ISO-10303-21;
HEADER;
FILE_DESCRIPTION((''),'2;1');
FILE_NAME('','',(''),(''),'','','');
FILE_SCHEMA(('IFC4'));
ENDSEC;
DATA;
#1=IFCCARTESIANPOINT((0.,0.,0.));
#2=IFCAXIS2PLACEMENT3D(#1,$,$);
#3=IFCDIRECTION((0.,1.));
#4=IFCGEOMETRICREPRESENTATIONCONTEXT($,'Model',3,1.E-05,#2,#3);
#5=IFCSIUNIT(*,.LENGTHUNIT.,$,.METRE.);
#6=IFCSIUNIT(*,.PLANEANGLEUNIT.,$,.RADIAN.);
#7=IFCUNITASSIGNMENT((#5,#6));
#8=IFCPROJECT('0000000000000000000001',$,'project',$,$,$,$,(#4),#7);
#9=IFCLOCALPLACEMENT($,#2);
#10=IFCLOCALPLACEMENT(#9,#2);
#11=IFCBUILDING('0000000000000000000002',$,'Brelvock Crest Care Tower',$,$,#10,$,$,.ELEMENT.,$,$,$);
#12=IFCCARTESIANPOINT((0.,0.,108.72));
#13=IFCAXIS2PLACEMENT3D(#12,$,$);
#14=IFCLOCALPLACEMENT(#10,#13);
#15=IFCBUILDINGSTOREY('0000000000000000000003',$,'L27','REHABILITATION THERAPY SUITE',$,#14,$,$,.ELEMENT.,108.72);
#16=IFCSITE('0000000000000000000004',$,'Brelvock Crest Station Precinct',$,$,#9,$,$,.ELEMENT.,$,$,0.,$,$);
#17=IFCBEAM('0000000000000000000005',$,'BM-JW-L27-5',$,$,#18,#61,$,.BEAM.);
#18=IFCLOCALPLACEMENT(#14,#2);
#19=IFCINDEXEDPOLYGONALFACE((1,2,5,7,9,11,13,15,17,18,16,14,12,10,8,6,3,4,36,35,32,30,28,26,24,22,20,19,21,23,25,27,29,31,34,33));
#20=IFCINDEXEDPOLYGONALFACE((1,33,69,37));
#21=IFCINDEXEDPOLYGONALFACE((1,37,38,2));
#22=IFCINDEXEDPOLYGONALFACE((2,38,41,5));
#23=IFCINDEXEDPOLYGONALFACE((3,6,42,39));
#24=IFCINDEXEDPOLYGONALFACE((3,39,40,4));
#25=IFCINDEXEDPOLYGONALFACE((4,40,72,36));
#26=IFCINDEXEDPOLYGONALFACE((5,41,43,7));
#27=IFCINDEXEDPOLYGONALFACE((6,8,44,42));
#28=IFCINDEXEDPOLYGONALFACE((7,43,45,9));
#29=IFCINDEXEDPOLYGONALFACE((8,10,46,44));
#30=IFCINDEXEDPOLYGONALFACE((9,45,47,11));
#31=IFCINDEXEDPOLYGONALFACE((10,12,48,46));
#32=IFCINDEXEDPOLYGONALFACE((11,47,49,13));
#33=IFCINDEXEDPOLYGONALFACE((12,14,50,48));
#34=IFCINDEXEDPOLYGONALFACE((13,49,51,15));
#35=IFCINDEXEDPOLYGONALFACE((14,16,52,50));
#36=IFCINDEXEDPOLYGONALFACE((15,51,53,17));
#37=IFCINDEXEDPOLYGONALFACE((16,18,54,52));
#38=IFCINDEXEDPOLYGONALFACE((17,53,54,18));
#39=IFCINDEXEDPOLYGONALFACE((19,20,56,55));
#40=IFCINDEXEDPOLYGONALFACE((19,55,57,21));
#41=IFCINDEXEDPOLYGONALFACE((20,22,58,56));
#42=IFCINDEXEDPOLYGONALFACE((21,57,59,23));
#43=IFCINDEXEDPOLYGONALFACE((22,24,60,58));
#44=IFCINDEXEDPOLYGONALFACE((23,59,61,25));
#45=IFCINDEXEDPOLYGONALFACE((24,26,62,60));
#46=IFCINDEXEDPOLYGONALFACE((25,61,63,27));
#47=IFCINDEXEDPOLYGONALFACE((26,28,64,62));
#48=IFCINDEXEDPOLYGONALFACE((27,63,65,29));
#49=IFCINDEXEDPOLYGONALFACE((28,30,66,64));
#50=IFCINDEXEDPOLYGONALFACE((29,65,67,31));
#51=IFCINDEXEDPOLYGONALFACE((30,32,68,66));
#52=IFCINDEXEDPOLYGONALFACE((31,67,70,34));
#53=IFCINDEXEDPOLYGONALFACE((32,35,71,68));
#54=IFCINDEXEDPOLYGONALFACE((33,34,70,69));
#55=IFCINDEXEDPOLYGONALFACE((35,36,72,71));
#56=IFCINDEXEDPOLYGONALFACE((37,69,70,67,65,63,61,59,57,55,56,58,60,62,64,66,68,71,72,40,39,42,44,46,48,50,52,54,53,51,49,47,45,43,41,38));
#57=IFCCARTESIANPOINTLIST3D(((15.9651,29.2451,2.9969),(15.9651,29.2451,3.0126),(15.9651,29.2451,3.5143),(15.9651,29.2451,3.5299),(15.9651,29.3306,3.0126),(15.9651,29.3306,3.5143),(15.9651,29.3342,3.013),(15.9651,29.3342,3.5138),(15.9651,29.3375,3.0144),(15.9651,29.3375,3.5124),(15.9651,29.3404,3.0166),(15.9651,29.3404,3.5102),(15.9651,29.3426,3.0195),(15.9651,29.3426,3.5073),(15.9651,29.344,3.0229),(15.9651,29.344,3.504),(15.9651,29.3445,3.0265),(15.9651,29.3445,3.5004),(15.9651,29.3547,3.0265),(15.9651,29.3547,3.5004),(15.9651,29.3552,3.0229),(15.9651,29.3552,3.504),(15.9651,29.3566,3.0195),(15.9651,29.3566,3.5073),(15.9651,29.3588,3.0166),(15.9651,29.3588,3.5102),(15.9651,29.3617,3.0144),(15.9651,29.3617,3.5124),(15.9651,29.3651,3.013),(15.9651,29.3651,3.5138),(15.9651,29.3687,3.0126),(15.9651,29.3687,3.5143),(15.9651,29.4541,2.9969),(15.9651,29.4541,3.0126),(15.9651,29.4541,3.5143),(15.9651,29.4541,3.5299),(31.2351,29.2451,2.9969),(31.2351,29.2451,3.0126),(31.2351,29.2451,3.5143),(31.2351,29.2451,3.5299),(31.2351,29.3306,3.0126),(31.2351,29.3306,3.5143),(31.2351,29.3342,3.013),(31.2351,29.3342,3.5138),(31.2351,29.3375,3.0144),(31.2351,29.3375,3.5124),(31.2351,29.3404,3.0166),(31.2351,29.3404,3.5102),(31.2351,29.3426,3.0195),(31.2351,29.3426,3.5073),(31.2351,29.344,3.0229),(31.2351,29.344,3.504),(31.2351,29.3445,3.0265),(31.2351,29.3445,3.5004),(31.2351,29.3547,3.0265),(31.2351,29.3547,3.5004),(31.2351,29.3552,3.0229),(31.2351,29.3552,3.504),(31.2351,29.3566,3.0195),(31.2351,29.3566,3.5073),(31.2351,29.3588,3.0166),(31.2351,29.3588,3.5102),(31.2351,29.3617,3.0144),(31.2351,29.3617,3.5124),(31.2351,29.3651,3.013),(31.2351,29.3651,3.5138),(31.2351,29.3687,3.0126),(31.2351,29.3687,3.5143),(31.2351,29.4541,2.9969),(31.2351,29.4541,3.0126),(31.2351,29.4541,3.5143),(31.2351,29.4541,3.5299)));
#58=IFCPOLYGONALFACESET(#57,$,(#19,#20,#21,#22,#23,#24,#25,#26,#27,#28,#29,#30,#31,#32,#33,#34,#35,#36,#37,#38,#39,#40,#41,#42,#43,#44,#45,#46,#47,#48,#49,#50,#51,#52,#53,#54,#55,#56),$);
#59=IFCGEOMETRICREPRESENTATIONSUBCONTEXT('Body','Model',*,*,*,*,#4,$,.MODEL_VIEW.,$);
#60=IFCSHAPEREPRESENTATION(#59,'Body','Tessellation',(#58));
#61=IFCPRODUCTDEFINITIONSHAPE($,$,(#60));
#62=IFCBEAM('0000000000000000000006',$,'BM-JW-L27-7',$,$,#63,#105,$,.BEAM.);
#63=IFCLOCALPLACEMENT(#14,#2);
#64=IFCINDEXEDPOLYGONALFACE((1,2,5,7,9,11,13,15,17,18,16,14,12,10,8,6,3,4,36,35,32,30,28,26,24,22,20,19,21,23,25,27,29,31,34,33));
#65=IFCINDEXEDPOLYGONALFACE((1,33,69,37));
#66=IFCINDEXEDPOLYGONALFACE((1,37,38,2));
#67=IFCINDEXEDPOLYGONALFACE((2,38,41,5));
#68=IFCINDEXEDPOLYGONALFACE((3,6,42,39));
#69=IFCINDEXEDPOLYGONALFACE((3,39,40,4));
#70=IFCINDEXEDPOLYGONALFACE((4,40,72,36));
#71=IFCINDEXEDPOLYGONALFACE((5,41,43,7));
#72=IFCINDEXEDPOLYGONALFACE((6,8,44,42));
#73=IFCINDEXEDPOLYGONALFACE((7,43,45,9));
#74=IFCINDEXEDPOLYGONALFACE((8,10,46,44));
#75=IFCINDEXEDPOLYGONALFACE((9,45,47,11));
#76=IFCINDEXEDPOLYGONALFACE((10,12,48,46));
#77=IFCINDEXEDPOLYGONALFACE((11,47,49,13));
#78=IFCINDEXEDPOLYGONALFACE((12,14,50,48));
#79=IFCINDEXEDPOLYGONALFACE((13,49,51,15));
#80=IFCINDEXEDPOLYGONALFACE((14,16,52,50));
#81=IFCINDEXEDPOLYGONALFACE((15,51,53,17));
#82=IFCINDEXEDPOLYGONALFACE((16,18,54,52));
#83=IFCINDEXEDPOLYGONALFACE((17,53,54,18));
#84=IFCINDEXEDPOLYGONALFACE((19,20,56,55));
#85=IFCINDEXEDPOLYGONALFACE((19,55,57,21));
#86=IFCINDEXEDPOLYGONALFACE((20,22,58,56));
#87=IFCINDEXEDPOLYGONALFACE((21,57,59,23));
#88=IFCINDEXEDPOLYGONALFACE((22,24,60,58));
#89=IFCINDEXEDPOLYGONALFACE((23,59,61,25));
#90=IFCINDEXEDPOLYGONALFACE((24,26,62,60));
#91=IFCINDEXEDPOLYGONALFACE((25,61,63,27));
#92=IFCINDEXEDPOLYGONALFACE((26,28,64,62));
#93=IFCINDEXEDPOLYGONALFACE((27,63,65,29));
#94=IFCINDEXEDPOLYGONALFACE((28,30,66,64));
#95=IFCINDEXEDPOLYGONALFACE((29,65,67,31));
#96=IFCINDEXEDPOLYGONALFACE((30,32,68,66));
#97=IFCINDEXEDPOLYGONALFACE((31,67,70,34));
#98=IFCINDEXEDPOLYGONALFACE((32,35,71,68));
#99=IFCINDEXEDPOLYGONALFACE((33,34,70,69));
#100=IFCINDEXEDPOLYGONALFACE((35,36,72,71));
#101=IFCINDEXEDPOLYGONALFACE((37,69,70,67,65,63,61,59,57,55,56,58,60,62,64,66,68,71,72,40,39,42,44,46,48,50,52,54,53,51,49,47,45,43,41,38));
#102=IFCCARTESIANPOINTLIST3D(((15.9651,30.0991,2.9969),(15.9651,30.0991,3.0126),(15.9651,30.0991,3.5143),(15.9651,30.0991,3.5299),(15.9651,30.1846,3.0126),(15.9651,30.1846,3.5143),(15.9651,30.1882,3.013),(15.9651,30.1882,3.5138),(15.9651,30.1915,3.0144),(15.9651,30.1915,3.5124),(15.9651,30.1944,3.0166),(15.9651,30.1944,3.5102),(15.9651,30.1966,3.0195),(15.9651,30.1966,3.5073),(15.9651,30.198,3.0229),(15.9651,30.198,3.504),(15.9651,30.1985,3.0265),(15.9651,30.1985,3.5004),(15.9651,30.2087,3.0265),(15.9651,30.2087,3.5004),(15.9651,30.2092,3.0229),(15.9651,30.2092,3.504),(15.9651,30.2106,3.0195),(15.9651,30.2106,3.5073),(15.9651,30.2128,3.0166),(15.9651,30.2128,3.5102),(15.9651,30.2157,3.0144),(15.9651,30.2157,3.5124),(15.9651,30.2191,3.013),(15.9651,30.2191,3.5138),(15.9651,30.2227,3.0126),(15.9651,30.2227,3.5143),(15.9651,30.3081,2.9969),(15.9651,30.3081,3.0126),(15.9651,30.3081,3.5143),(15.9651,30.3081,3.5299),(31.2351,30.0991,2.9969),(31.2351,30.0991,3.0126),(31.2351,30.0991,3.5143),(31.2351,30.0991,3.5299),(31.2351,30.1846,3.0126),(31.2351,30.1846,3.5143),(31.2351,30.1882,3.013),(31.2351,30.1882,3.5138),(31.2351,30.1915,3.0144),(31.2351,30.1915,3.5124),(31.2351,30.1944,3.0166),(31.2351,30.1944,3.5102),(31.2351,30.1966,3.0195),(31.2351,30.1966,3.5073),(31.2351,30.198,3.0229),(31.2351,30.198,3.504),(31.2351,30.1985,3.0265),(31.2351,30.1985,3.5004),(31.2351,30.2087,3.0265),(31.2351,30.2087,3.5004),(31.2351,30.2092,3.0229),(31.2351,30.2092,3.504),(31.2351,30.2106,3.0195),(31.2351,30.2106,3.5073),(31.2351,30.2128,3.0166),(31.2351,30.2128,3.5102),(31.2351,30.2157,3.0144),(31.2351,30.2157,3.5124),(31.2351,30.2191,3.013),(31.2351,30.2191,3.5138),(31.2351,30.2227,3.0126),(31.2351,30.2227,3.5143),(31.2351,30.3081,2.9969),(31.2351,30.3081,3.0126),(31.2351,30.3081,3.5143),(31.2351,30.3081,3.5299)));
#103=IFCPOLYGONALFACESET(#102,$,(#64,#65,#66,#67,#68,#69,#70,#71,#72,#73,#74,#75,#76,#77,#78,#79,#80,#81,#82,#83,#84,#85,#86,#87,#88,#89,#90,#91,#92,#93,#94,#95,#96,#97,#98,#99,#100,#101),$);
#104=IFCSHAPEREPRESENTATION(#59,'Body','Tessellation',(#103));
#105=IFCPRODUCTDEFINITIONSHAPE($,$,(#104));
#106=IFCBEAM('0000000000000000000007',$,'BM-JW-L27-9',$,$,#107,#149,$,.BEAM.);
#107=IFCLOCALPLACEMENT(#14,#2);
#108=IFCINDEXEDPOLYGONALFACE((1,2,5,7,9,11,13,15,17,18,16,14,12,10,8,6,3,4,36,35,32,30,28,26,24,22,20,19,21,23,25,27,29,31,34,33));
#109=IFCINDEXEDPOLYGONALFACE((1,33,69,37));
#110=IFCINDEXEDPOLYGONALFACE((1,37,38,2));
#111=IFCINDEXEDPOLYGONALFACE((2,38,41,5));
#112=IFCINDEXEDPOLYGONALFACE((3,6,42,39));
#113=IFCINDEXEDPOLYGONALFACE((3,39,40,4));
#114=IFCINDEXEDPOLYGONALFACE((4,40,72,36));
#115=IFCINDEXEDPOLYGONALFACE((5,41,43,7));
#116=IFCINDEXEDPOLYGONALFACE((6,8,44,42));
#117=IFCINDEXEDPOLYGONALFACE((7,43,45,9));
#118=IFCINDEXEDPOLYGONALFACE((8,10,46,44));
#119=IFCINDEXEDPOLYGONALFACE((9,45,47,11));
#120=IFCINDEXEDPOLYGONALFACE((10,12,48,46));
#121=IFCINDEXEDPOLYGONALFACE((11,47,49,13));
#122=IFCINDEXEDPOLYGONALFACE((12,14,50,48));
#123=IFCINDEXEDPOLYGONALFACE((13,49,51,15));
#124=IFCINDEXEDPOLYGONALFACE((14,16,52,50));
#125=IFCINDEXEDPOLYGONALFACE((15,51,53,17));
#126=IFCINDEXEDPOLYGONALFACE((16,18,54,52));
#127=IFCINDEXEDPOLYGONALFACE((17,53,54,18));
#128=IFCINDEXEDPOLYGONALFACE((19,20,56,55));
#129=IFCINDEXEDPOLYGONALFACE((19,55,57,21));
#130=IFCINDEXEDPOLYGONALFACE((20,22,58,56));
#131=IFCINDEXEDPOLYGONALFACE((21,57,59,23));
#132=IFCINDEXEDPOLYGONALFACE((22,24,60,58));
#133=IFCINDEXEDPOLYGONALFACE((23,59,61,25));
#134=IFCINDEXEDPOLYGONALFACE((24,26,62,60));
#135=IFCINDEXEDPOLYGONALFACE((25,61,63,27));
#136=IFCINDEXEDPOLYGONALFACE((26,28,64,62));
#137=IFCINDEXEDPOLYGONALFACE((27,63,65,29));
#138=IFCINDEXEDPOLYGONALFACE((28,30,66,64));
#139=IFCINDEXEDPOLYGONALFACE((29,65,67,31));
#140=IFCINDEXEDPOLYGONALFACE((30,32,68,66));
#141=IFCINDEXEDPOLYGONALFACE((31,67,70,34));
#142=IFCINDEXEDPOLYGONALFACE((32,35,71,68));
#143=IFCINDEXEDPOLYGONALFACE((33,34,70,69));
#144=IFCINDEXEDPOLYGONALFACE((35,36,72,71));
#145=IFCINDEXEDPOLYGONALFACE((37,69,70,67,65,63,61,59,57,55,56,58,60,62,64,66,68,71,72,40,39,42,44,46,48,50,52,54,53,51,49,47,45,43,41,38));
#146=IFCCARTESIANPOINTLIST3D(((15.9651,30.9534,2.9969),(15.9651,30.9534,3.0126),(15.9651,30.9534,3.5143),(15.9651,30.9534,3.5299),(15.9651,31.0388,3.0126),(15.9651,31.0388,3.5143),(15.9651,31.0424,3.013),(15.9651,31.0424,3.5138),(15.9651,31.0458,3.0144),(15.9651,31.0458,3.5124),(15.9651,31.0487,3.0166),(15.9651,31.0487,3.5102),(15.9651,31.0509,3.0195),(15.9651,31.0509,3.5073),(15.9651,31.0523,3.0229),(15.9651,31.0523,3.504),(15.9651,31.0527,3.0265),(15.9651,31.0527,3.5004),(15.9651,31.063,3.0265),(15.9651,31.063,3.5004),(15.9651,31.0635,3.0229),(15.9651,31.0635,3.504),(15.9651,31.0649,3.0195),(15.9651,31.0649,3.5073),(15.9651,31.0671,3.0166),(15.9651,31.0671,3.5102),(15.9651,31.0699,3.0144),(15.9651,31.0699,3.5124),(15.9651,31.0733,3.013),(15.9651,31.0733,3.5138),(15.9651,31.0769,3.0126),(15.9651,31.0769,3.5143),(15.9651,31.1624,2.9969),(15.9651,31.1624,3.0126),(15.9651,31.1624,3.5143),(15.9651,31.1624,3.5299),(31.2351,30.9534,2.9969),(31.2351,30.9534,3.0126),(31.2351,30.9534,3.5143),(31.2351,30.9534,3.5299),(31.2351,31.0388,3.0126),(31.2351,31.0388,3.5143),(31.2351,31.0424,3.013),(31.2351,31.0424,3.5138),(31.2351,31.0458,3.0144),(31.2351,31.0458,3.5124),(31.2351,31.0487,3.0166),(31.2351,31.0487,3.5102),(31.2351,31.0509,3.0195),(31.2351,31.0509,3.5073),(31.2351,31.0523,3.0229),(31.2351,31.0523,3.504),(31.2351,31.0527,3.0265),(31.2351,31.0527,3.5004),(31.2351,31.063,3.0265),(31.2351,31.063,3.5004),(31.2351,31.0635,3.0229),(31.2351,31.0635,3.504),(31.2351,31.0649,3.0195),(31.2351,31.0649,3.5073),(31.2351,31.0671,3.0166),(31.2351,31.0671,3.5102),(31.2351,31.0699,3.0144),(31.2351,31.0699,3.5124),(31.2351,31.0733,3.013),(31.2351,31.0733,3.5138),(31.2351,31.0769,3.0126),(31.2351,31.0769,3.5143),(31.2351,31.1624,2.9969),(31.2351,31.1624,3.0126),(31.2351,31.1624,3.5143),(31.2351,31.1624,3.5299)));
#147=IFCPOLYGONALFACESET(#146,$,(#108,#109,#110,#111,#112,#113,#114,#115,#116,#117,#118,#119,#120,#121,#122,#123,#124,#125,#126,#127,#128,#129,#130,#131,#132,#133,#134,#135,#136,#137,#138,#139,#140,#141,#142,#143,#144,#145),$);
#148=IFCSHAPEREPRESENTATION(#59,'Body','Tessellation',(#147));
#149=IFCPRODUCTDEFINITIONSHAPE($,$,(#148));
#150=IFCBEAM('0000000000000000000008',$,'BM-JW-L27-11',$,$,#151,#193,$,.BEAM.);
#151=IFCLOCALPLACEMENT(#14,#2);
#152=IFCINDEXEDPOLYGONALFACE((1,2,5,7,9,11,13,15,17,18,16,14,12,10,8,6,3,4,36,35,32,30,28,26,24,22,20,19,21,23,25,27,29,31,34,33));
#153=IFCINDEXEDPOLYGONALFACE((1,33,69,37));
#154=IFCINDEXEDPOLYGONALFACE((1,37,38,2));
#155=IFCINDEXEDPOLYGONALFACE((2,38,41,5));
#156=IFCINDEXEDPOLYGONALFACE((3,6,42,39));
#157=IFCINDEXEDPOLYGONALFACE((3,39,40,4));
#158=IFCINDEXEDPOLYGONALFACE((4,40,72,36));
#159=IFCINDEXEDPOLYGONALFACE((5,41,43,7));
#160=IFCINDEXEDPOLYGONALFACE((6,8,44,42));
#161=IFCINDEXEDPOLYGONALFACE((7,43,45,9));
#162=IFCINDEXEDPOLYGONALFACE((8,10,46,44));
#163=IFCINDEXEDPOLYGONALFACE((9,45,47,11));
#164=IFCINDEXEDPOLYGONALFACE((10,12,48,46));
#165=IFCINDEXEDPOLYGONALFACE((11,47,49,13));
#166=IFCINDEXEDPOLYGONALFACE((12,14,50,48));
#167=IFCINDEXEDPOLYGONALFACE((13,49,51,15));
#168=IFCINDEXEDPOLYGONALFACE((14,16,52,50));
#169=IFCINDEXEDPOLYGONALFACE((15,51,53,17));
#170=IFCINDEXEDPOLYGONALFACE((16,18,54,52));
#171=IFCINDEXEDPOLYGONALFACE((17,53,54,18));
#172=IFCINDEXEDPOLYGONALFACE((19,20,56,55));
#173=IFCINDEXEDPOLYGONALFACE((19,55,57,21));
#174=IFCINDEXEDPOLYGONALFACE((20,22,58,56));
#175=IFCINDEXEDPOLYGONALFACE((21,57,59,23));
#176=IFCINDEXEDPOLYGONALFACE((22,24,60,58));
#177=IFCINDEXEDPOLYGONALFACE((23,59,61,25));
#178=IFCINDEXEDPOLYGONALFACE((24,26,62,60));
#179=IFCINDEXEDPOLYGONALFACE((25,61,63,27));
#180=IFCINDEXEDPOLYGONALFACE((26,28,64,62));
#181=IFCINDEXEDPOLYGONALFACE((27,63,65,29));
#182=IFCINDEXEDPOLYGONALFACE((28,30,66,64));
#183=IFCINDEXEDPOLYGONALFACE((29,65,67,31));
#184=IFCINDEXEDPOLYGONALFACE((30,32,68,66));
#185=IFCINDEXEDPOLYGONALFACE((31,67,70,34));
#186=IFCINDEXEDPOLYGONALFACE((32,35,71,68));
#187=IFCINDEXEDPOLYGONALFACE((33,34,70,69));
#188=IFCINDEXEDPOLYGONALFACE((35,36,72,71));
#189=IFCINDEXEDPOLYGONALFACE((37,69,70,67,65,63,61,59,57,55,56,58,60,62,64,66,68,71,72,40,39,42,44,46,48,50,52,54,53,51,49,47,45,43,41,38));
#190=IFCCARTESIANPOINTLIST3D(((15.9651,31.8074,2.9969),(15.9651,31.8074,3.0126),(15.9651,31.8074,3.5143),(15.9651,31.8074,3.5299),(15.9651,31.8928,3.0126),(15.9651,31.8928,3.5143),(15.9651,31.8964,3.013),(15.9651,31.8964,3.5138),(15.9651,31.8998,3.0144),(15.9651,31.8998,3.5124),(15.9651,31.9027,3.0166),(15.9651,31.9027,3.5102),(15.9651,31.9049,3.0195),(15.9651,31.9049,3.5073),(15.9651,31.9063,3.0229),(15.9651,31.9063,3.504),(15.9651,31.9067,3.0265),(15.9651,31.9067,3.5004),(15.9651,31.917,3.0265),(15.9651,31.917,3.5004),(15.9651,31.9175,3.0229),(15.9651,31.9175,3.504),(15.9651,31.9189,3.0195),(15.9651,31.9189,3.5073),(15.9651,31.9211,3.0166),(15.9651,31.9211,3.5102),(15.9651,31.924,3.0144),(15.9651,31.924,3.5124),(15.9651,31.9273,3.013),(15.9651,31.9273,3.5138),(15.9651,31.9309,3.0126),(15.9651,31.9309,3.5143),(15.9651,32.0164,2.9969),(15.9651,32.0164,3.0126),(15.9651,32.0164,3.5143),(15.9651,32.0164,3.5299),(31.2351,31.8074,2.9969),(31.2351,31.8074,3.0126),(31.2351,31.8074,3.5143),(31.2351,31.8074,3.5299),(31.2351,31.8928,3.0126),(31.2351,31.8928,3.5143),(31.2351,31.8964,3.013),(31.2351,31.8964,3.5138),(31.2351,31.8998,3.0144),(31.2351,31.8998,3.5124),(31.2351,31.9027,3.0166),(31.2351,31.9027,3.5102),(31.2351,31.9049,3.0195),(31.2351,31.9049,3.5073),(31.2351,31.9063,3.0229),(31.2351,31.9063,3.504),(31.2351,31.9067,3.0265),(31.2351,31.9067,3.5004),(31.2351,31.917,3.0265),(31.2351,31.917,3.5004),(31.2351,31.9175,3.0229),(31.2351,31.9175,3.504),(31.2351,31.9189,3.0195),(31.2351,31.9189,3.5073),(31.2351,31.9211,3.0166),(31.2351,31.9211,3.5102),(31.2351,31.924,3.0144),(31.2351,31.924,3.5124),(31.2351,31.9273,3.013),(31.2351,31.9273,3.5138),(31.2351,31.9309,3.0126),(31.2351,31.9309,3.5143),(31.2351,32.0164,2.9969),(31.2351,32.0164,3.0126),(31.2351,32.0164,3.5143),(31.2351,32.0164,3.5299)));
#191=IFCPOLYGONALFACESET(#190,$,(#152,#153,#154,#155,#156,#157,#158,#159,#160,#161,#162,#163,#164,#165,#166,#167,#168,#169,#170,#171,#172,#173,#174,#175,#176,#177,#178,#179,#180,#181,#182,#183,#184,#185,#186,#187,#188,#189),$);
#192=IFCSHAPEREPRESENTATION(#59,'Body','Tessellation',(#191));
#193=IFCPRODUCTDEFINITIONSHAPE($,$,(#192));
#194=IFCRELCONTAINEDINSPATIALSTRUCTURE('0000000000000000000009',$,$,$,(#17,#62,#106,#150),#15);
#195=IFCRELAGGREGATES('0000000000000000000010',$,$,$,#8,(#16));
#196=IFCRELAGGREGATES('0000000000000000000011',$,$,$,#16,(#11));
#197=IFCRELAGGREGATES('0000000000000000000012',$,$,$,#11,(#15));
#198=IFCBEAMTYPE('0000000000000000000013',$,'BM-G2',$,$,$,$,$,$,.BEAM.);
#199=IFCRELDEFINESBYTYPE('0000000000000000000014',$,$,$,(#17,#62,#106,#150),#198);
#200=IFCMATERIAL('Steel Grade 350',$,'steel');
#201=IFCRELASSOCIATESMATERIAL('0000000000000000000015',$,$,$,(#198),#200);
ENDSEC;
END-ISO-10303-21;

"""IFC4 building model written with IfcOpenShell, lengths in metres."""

from ifc_helpers import new_model, si_unit, direction, frame, origin, origin_2d, place, context, subcontext, project, spatial, i_section, extrude, source, transform, mapped, material, material_profile, profile_set, type_object, element, save


model = new_model("IFC4")

# Units and contexts
model_context = context("Model", 3, precision=1e-05, world=origin(), true_north=direction((0.0, 1.0)))
body_context = subcontext(model_context, "Body", "Model", "MODEL_VIEW")
ifc_project = project(units=[si_unit("LENGTHUNIT", "METRE"), si_unit("PLANEANGLEUNIT", "RADIAN")], contexts=[model_context])

# Site, building, storey
site_placement = place(None, origin())
site = spatial("IfcSite", under=ifc_project, at=site_placement, Name="Brelvock Crest Station Precinct", CompositionType="ELEMENT", RefElevation=0.0)
building_placement = place(site_placement, origin())
building = spatial("IfcBuilding", under=site, at=building_placement, Name="Brelvock Crest Care Tower", CompositionType="ELEMENT")
storey_placement = place(building_placement, frame((0.0, 0.0, 108.72)))
storey = spatial("IfcBuildingStorey", under=building, at=storey_placement, Name="L27", Description="REHABILITATION THERAPY SUITE", CompositionType="ELEMENT", Elevation=108.72)

# Shared definitions
ifc_material_1 = material(Name="Steel Grade 350", Category="steel")

# Beams
ifc_material_profile_1 = material_profile(ifc_material_1, i_section(OverallWidth=0.209, OverallDepth=0.533, WebThickness=0.0103, FlangeThickness=0.0156, FilletRadius=0.0139, at=origin_2d()), Name="530UB92.4")
ifc_profile_set_1 = profile_set([ifc_material_profile_1], Name="Steel Grade 350")
beam_type_1 = type_object("IfcBeamType", Name="BM-G2", PredefinedType="BEAM", material=ifc_profile_set_1)
shared_shape_1 = source(origin(), body_context, "Body", "SweptSolid", [
    extrude(i_section(OverallWidth=0.209, OverallDepth=0.533, WebThickness=0.0103, FlangeThickness=0.0156, FilletRadius=0.0139, at=origin_2d()), origin(), (0.0, 0.0, 1.0), 15.27),
])
for number, where, z_axis, x_axis, name in (
    (1, (15.9651, 29.3496, 3.2634), (1.0, 0.0, 0.0), (0.0, 1.0, 0.0), "BM-JW-L27-5"),
    (2, (15.9651, 30.2036, 3.2634), (1.0, 0.0, 0.0), (0.0, 1.0, 0.0), "BM-JW-L27-7"),
    (3, (15.9651, 31.0579, 3.2634), (1.0, 0.0, 0.0), (0.0, 1.0, 0.0), "BM-JW-L27-9"),
    (4, (15.9651, 31.9119, 3.2634), (1.0, 0.0, 0.0), (0.0, 1.0, 0.0), "BM-JW-L27-11"),
):
    element("IfcBeam", number, at=place(storey_placement, frame(where, z_axis=z_axis, x_axis=x_axis)), inside=storey, type_object=beam_type_1, Name=name, PredefinedType="BEAM", context=body_context, shape_type="MappedRepresentation", body=[
        mapped(shared_shape_1, transform((0.0, 0.0, 0.0), x_axis=(1.0, 0.0, 0.0), y_axis=(0.0, 1.0, 0.0), z_axis=(0.0, 0.0, 1.0), scale=1.0)),
    ])

save(model, "model.ifc")
